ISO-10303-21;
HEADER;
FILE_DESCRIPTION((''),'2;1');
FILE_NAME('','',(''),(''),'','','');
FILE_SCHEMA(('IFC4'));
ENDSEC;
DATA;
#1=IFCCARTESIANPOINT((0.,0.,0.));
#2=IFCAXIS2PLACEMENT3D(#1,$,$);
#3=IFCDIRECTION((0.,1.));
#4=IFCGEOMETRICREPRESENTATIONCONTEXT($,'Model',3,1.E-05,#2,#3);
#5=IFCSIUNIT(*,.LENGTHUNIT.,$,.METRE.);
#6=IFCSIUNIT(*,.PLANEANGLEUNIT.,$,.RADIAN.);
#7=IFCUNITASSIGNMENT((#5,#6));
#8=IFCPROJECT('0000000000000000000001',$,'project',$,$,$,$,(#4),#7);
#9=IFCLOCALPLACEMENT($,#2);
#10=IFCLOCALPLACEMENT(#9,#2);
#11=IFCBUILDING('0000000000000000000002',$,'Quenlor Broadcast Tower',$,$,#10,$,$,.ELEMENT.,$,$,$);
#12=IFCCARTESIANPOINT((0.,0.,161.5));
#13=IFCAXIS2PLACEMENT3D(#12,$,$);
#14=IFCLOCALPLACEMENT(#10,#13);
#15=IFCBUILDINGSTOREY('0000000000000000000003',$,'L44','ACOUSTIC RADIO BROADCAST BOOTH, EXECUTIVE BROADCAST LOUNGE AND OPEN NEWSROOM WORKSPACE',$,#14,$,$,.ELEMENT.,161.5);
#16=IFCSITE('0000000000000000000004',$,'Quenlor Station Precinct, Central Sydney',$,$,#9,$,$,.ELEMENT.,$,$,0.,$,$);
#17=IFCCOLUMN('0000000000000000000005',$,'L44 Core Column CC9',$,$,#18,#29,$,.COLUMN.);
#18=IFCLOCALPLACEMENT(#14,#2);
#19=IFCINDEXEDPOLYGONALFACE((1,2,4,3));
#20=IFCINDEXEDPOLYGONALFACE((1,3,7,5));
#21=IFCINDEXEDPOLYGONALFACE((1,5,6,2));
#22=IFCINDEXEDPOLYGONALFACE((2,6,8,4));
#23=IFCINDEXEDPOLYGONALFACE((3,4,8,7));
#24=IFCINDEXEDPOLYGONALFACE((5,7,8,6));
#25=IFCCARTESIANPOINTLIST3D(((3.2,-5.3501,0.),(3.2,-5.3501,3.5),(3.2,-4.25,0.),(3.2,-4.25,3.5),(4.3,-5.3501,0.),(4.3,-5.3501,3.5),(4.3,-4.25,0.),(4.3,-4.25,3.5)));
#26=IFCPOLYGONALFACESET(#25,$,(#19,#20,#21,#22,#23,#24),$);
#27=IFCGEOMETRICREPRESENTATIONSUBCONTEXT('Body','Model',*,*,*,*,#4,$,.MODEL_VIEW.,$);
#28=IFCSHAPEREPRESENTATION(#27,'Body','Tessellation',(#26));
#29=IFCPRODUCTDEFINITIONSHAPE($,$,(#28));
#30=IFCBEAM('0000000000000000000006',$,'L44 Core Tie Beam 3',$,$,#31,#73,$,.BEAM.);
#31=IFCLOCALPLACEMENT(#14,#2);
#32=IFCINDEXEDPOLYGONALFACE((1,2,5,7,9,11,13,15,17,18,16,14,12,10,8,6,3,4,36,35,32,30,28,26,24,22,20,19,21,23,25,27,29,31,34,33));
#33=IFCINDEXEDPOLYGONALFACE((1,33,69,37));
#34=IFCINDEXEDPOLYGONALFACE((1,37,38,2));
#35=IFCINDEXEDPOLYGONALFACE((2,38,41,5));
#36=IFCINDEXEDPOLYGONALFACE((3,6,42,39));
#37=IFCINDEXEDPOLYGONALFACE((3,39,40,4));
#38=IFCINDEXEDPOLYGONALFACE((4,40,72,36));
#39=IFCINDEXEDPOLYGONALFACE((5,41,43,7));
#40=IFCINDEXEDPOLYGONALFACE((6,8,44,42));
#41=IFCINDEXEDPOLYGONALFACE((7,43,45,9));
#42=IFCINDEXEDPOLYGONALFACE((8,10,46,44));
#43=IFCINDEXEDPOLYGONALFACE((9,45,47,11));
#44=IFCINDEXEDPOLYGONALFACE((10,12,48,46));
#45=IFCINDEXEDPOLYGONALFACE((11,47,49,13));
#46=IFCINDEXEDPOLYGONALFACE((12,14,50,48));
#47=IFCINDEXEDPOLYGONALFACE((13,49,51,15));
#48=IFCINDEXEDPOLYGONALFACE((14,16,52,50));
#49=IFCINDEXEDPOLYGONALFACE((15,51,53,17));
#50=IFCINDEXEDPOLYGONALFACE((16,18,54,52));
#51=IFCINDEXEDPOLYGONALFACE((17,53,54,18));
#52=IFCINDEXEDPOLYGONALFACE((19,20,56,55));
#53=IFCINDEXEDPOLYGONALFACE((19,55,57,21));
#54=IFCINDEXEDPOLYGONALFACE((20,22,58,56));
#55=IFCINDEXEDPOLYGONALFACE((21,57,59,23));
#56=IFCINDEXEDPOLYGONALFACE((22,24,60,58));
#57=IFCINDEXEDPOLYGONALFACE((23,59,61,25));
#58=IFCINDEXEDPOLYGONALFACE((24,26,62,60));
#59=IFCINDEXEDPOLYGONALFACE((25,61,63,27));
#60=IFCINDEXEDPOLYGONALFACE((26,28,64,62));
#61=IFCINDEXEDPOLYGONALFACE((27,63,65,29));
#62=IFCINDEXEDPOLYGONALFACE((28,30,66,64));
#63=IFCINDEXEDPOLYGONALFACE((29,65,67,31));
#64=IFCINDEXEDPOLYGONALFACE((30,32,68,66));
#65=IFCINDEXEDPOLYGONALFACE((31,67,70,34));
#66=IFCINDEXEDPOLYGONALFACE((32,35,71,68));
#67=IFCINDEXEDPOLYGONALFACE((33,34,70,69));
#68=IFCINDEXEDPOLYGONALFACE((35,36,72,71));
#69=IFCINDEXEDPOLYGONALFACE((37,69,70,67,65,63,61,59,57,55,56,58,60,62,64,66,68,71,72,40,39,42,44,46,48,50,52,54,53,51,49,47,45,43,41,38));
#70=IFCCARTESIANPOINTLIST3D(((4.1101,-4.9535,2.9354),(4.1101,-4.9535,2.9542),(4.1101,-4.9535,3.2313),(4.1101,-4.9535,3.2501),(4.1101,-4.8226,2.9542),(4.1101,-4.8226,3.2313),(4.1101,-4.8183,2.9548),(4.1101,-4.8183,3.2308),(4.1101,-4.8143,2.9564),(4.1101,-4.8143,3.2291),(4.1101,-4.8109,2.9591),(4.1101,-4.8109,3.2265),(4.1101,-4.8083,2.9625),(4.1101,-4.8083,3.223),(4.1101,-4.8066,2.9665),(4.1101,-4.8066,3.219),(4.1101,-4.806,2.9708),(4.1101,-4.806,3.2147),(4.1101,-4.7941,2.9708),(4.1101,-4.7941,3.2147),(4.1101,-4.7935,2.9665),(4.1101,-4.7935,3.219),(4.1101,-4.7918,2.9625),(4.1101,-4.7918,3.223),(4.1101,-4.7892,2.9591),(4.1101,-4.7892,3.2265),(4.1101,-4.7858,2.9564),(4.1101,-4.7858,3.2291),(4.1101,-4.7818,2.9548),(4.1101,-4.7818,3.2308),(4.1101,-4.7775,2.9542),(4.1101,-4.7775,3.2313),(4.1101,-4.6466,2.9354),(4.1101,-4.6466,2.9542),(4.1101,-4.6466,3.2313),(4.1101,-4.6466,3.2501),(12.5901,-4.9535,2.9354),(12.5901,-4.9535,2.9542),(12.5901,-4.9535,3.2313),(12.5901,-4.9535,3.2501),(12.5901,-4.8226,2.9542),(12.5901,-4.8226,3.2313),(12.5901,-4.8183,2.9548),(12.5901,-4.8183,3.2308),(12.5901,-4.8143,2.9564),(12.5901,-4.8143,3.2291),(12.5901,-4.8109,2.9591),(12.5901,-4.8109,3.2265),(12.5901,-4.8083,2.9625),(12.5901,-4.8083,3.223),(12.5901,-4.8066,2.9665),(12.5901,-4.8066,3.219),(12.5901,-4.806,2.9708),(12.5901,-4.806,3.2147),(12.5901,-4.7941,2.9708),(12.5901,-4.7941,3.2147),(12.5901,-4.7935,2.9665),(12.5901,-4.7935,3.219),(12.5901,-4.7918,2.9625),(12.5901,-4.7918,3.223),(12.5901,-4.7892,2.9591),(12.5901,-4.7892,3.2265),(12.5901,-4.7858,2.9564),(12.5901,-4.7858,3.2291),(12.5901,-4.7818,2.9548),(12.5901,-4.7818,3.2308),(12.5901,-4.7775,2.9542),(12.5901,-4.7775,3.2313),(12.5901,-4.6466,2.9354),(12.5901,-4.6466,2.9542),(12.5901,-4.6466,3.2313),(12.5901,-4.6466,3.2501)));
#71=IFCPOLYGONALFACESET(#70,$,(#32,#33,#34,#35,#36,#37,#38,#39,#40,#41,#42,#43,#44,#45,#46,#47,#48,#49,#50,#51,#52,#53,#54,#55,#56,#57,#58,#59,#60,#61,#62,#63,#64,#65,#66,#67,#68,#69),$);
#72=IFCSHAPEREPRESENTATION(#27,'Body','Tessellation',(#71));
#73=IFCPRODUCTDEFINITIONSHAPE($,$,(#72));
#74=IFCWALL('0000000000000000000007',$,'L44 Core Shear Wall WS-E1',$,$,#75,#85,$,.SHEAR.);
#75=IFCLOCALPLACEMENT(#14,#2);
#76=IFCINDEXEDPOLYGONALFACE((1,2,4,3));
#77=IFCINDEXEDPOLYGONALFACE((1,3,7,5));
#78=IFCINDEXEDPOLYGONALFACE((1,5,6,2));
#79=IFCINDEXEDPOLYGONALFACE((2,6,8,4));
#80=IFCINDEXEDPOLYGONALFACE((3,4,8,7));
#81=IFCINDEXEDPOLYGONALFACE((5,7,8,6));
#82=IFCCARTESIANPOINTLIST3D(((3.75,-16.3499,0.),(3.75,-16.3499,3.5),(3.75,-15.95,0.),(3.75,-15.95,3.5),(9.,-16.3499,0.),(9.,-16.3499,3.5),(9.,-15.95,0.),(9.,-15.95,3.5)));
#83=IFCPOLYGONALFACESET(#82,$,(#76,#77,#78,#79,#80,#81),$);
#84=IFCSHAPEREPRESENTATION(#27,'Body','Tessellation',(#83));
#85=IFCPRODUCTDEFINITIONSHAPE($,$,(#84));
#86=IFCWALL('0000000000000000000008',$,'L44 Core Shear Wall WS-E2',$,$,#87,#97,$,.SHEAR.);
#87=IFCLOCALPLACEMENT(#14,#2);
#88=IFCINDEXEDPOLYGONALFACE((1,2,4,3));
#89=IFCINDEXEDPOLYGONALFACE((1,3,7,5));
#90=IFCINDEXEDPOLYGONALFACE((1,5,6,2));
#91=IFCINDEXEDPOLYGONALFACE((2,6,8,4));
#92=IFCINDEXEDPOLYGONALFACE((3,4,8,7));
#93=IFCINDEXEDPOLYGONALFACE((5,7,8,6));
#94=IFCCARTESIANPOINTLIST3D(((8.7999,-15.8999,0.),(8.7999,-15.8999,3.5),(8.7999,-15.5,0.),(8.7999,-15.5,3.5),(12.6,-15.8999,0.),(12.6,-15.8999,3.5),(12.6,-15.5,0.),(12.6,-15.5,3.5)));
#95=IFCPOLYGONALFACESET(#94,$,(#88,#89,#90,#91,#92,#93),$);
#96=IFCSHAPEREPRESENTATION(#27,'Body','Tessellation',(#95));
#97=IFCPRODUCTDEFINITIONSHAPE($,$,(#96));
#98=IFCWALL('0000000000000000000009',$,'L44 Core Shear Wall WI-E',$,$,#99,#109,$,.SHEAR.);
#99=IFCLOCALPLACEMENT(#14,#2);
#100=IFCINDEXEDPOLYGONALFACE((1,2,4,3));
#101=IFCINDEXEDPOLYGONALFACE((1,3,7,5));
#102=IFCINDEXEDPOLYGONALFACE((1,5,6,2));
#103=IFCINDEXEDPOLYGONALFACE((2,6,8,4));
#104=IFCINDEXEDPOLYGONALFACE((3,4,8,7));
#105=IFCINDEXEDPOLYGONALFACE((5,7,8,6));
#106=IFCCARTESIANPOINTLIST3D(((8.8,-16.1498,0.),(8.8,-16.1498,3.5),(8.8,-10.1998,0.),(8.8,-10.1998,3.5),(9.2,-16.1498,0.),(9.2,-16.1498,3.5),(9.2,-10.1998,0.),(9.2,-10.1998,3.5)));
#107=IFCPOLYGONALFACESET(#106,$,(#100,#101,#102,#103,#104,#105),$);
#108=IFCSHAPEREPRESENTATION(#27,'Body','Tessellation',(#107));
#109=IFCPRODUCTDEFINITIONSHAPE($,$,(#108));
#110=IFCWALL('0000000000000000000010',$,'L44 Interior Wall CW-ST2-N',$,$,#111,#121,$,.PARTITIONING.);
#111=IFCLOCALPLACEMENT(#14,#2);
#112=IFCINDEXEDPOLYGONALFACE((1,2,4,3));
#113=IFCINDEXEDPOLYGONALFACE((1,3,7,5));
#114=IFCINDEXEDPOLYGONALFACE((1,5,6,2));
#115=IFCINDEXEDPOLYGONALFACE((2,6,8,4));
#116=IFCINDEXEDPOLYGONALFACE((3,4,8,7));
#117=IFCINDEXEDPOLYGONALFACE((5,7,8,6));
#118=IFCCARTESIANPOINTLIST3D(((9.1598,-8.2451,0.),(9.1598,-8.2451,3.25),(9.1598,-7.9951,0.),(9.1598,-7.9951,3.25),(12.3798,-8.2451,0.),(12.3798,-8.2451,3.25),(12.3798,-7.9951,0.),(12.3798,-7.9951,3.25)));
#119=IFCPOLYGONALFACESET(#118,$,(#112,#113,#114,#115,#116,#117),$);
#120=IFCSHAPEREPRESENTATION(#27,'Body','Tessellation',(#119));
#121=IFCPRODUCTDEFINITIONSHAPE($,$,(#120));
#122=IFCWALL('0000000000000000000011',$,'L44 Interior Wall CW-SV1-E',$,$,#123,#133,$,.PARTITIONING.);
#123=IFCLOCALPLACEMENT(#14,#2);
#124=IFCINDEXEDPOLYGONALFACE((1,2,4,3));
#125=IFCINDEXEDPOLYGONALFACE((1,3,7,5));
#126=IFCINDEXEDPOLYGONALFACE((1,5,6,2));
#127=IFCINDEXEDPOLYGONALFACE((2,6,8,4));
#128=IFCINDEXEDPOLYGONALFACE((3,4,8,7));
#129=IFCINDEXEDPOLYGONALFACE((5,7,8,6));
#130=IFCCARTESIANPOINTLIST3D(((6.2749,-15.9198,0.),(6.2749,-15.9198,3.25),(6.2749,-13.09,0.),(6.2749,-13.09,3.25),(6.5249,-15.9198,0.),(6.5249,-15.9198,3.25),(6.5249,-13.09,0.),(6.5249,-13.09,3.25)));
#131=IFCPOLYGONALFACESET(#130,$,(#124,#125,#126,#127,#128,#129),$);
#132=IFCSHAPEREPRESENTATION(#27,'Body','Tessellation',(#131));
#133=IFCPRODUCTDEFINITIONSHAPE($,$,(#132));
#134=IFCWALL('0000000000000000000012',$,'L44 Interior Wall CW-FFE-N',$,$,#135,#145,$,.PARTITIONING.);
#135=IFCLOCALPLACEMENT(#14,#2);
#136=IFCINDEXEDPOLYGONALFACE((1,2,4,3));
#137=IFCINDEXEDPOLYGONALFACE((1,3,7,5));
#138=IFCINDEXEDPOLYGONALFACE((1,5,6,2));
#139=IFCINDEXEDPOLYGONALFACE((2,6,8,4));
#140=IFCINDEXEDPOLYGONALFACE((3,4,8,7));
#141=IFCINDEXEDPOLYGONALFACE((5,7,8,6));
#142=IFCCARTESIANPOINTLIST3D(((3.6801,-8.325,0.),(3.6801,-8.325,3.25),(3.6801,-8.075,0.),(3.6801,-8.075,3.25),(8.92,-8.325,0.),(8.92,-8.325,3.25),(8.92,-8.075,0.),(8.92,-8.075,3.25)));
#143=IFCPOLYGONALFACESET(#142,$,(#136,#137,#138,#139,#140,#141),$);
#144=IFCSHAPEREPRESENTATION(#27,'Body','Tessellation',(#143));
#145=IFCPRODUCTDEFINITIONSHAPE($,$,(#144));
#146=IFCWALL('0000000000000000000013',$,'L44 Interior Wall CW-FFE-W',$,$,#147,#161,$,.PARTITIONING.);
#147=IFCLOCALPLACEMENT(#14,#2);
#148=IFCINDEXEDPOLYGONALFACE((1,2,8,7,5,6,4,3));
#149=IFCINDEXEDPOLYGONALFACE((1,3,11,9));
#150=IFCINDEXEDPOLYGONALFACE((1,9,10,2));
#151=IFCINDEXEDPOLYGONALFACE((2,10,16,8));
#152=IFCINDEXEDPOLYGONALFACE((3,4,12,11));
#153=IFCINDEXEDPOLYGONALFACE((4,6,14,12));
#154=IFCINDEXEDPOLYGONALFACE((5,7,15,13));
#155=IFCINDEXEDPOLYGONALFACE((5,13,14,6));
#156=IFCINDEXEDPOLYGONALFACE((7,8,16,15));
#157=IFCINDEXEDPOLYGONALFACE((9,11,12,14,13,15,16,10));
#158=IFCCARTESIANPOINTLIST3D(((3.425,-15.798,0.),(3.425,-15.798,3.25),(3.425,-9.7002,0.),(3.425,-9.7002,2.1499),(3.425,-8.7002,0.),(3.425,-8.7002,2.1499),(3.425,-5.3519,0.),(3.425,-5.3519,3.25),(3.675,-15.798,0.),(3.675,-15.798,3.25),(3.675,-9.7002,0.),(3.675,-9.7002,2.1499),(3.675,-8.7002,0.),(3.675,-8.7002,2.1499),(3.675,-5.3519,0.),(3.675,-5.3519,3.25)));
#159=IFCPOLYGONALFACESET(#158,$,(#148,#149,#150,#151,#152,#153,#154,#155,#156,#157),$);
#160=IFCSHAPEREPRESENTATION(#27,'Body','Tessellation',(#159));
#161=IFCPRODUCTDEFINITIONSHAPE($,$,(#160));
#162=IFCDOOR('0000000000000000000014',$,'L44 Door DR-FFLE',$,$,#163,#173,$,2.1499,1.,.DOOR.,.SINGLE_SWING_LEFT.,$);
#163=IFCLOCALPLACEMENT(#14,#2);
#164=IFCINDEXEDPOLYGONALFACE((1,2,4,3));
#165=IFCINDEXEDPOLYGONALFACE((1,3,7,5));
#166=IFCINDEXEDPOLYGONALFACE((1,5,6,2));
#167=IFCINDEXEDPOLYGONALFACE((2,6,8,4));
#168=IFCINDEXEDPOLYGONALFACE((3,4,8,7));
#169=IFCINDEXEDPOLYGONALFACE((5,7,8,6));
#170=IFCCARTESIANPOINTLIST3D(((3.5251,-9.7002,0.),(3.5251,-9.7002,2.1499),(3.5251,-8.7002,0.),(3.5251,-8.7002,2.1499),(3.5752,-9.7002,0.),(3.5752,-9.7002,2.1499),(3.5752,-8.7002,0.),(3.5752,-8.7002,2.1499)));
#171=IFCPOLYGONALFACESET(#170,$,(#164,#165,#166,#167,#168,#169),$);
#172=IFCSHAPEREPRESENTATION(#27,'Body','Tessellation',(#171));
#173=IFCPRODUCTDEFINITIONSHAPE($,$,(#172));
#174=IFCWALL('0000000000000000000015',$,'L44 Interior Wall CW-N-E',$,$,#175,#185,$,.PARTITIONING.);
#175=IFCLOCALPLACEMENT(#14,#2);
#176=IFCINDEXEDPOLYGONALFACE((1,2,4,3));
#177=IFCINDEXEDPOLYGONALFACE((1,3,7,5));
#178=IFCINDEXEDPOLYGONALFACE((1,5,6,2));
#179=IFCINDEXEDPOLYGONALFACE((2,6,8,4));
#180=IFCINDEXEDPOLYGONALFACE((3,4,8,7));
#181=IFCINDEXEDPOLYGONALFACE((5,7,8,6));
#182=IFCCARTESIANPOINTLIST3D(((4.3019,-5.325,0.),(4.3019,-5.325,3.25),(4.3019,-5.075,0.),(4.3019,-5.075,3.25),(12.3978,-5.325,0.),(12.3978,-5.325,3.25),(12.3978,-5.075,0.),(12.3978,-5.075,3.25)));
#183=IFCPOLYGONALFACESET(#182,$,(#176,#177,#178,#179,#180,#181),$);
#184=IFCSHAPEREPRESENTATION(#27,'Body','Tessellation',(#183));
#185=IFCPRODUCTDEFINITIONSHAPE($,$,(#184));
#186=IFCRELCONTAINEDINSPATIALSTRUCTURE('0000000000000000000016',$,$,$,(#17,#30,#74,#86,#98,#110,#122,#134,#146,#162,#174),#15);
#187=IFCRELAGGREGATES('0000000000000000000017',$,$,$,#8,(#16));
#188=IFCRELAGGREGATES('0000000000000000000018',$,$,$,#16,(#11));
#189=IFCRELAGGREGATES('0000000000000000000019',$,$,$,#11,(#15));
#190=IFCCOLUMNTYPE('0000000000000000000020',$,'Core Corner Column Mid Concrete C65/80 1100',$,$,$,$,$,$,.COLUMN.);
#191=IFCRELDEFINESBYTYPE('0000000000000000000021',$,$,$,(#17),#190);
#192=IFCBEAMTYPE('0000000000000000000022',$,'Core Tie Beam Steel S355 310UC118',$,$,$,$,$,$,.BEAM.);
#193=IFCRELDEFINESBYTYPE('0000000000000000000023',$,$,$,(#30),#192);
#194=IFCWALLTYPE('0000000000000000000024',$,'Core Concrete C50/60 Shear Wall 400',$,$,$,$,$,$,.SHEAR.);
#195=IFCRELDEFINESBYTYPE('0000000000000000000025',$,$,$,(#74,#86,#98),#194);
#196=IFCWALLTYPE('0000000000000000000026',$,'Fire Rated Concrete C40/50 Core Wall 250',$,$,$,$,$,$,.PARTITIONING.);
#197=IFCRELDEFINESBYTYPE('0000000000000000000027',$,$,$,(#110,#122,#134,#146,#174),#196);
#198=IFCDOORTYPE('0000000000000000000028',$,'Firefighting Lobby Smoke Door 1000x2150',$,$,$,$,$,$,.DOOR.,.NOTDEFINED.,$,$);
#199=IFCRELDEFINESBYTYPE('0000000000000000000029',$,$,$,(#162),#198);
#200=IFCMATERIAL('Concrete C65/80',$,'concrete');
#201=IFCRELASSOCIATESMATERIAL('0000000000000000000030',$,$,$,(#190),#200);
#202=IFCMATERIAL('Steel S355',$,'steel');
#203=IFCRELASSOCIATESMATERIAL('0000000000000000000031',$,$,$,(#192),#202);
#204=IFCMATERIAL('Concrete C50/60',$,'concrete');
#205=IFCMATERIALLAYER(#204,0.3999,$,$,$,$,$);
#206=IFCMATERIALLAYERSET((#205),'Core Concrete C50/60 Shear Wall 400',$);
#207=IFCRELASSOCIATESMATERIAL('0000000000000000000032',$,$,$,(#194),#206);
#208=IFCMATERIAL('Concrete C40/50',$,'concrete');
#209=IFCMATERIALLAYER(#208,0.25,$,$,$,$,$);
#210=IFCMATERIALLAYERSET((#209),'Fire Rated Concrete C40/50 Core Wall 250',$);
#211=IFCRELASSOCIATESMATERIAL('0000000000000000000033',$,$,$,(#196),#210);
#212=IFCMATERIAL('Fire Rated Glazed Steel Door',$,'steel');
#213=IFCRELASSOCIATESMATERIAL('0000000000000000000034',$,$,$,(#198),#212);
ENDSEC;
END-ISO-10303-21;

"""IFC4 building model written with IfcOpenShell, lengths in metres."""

from ifc_helpers import new_model, si_unit, direction, frame, frame_2d, origin, origin_2d, place, context, subcontext, project, spatial, rectangle, i_section, extrude, material, layer, layer_set, material_profile, profile_set, type_object, element, fill, save


model = new_model("IFC4")

# Units and contexts
model_context = context("Model", 3, precision=1e-05, world=origin(), true_north=direction((0.0, 1.0)))
body_context = subcontext(model_context, "Body", "Model", "MODEL_VIEW")
ifc_project = project(units=[si_unit("LENGTHUNIT", "METRE"), si_unit("PLANEANGLEUNIT", "RADIAN")], contexts=[model_context])

# Site, building, storey
site_placement = place(None, origin())
site = spatial("IfcSite", under=ifc_project, at=site_placement, Name="Quenlor Station Precinct, Central Sydney", CompositionType="ELEMENT", RefElevation=0.0)
building_placement = place(site_placement, origin())
building = spatial("IfcBuilding", under=site, at=building_placement, Name="Quenlor Broadcast Tower", CompositionType="ELEMENT")
storey_placement = place(building_placement, frame((0.0, 0.0, 161.5)))
storey = spatial("IfcBuildingStorey", under=building, at=storey_placement, Name="L44", Description="ACOUSTIC RADIO BROADCAST BOOTH, EXECUTIVE BROADCAST LOUNGE AND OPEN NEWSROOM WORKSPACE", CompositionType="ELEMENT", Elevation=161.5)

# Column
ifc_material_1 = material(Name="Concrete C65/80", Category="concrete")
ifc_material_profile_1 = material_profile(ifc_material_1, rectangle(XDim=1.1001, YDim=1.1001, at=origin_2d()))
ifc_profile_set_1 = profile_set([ifc_material_profile_1], Name="Concrete C65/80 RC1100x1100")
column_type = type_object("IfcColumnType", Name="Core Corner Column Mid Concrete C65/80 1100", PredefinedType="COLUMN", material=ifc_profile_set_1)
column_placement = place(storey_placement, frame((3.75, -4.8, 0.0), z_axis=(0.0, 0.0, 1.0), x_axis=(1.0, 0.0, 0.0)))
element("IfcColumn", 1, at=column_placement, inside=storey, type_object=column_type, Name="L44 Core Column CC9", PredefinedType="COLUMN", context=body_context, shape_type="SweptSolid", body=[
    extrude(rectangle(XDim=1.1001, YDim=1.1001, at=origin_2d()), origin(), (0.0, 0.0, 1.0), 3.5),
])

# Beam
ifc_material_2 = material(Name="Steel S355", Category="steel")
ifc_material_profile_2 = material_profile(ifc_material_2, i_section(OverallWidth=0.3069, OverallDepth=0.3147, WebThickness=0.012, FlangeThickness=0.0188, FilletRadius=0.0166, at=origin_2d()))
ifc_profile_set_2 = profile_set([ifc_material_profile_2], Name="Steel S355 310UC118")
beam_type = type_object("IfcBeamType", Name="Core Tie Beam Steel S355 310UC118", PredefinedType="BEAM", material=ifc_profile_set_2)
beam_placement = place(storey_placement, frame((4.1101, -4.8, 3.0928), z_axis=(1.0, 0.0, 0.0), x_axis=(0.0, 1.0, 0.0)))
element("IfcBeam", 2, at=beam_placement, inside=storey, type_object=beam_type, Name="L44 Core Tie Beam 3", PredefinedType="BEAM", context=body_context, shape_type="SweptSolid", body=[
    extrude(i_section(OverallWidth=0.3069, OverallDepth=0.3147, WebThickness=0.012, FlangeThickness=0.0188, FilletRadius=0.0166, at=origin_2d()), origin(), (0.0, 0.0, 1.0), 8.48),
])

# Walls
ifc_material_3 = material(Name="Concrete C50/60", Category="concrete")
ifc_layer_1 = layer(ifc_material_3, 0.3999)
ifc_layer_set_1 = layer_set([ifc_layer_1], Name="Core Concrete C50/60 Shear Wall 400")
wall_type_1 = type_object("IfcWallType", Name="Core Concrete C50/60 Shear Wall 400", PredefinedType="SHEAR", material=ifc_layer_set_1)
wall_1_placement = place(storey_placement, frame((3.75, -16.1499, 0.0), z_axis=(0.0, 0.0, 1.0), x_axis=(1.0, 0.0, 0.0)))
element("IfcWall", 3, at=wall_1_placement, inside=storey, type_object=wall_type_1, Name="L44 Core Shear Wall WS-E1", PredefinedType="SHEAR", context=body_context, shape_type="SweptSolid", body=[
    extrude(rectangle(XDim=5.25, YDim=0.3999, at=frame_2d((2.625, 0.0))), origin(), (0.0, 0.0, 1.0), 3.5),
])
wall_2_placement = place(storey_placement, frame((8.8, -15.7, 0.0), z_axis=(0.0, 0.0, 1.0), x_axis=(1.0, 0.0, 0.0)))
element("IfcWall", 4, at=wall_2_placement, inside=storey, type_object=wall_type_1, Name="L44 Core Shear Wall WS-E2", PredefinedType="SHEAR", context=body_context, shape_type="SweptSolid", body=[
    extrude(rectangle(XDim=3.8, YDim=0.3999, at=frame_2d((1.8999, 0.0))), origin(), (0.0, 0.0, 1.0), 3.5),
])
wall_3_placement = place(storey_placement, frame((9.0, -16.1499, 0.0), z_axis=(0.0, 0.0, 1.0), x_axis=(0.0, 1.0, 0.0)))
element("IfcWall", 5, at=wall_3_placement, inside=storey, type_object=wall_type_1, Name="L44 Core Shear Wall WI-E", PredefinedType="SHEAR", context=body_context, shape_type="SweptSolid", body=[
    extrude(rectangle(XDim=5.95, YDim=0.3999, at=frame_2d((2.9751, 0.0))), origin(), (0.0, 0.0, 1.0), 3.5),
])

# Shared definitions
ifc_material_4 = material(Name="Concrete C40/50", Category="concrete")
ifc_layer_2 = layer(ifc_material_4, 0.25)
ifc_layer_set_2 = layer_set([ifc_layer_2], Name="Fire Rated Concrete C40/50 Core Wall 250")
wall_type_2 = type_object("IfcWallType", Name="Fire Rated Concrete C40/50 Core Wall 250", PredefinedType="PARTITIONING", material=ifc_layer_set_2)

# Wall
wall_4_placement = place(storey_placement, frame((9.1599, -8.1201, 0.0), z_axis=(0.0, 0.0, 1.0), x_axis=(1.0, 0.0, 0.0)))
element("IfcWall", 6, at=wall_4_placement, inside=storey, type_object=wall_type_2, Name="L44 Interior Wall CW-ST2-N", PredefinedType="PARTITIONING", context=body_context, shape_type="SweptSolid", body=[
    extrude(rectangle(XDim=3.22, YDim=0.25, at=frame_2d((1.6099, 0.0))), origin(), (0.0, 0.0, 1.0), 3.25),
])

# Walls
wall_5_placement = place(storey_placement, frame((6.3999, -15.9199, 0.0), z_axis=(0.0, 0.0, 1.0), x_axis=(0.0, 1.0, 0.0)))
element("IfcWall", 7, at=wall_5_placement, inside=storey, type_object=wall_type_2, Name="L44 Interior Wall CW-SV1-E", PredefinedType="PARTITIONING", context=body_context, shape_type="SweptSolid", body=[
    extrude(rectangle(XDim=2.8298, YDim=0.25, at=frame_2d((1.415, 0.0))), origin(), (0.0, 0.0, 1.0), 3.25),
])
wall_6_placement = place(storey_placement, frame((3.6799, -8.2, 0.0), z_axis=(0.0, 0.0, 1.0), x_axis=(1.0, 0.0, 0.0)))
element("IfcWall", 8, at=wall_6_placement, inside=storey, type_object=wall_type_2, Name="L44 Interior Wall CW-FFE-N", PredefinedType="PARTITIONING", context=body_context, shape_type="SweptSolid", body=[
    extrude(rectangle(XDim=5.24, YDim=0.25, at=frame_2d((2.6201, 0.0))), origin(), (0.0, 0.0, 1.0), 3.25),
])

# Wall, opening, door
wall_7_placement = place(storey_placement, frame((3.55, -15.7981, 0.0), z_axis=(0.0, 0.0, 1.0), x_axis=(0.0, 1.0, 0.0)))
wall_7 = element("IfcWall", 9, at=wall_7_placement, inside=storey, type_object=wall_type_2, Name="L44 Interior Wall CW-FFE-W", PredefinedType="PARTITIONING", context=body_context, shape_type="SweptSolid", body=[
    extrude(rectangle(XDim=10.446, YDim=0.25, at=frame_2d((5.2231, 0.0))), origin(), (0.0, 0.0, 1.0), 3.25),
])
opening_1_placement = place(wall_7_placement, frame((6.0979, 0.0, 0.0)))
opening_1 = element("IfcOpeningElement", 10, at=opening_1_placement, cuts=wall_7, PredefinedType="OPENING", context=body_context, shape_type="SweptSolid", body=[
    extrude(rectangle(XDim=1.0, YDim=2.1499, at=frame_2d((0.5, 1.075))), frame((0.0, 0.135, 0.0), z_axis=(0.0, -1.0, 0.0), x_axis=(1.0, 0.0, 0.0)), (0.0, 0.0, 1.0), 0.27),
])
ifc_material_5 = material(Name="Fire Rated Glazed Steel Door", Category="steel")
door_type_1 = type_object("IfcDoorType", Name="Firefighting Lobby Smoke Door 1000x2150", OperationType="NOTDEFINED", PredefinedType="DOOR", material=ifc_material_5)
door_1_placement = place(opening_1_placement, origin())
door_1 = element("IfcDoor", 11, at=door_1_placement, inside=storey, type_object=door_type_1, Name="L44 Door DR-FFLE", OperationType="SINGLE_SWING_LEFT", OverallHeight=2.1499, OverallWidth=1.0, PredefinedType="DOOR", context=body_context, shape_type="SweptSolid", body=[
    extrude(rectangle(XDim=1.0, YDim=2.1499, at=frame_2d((0.5, 1.075))), frame((0.0, 0.0249, 0.0), z_axis=(0.0, -1.0, 0.0), x_axis=(1.0, 0.0, 0.0)), (0.0, 0.0, 1.0), 0.05),
])
fill(opening_1, door_1)

# Wall
wall_8_placement = place(storey_placement, frame((4.302, -5.2, 0.0), z_axis=(0.0, 0.0, 1.0), x_axis=(1.0, 0.0, 0.0)))
element("IfcWall", 12, at=wall_8_placement, inside=storey, type_object=wall_type_2, Name="L44 Interior Wall CW-N-E", PredefinedType="PARTITIONING", context=body_context, shape_type="SweptSolid", body=[
    extrude(rectangle(XDim=8.0959, YDim=0.25, at=frame_2d((4.0479, 0.0))), origin(), (0.0, 0.0, 1.0), 3.25),
])

save(model, "model.ifc")
